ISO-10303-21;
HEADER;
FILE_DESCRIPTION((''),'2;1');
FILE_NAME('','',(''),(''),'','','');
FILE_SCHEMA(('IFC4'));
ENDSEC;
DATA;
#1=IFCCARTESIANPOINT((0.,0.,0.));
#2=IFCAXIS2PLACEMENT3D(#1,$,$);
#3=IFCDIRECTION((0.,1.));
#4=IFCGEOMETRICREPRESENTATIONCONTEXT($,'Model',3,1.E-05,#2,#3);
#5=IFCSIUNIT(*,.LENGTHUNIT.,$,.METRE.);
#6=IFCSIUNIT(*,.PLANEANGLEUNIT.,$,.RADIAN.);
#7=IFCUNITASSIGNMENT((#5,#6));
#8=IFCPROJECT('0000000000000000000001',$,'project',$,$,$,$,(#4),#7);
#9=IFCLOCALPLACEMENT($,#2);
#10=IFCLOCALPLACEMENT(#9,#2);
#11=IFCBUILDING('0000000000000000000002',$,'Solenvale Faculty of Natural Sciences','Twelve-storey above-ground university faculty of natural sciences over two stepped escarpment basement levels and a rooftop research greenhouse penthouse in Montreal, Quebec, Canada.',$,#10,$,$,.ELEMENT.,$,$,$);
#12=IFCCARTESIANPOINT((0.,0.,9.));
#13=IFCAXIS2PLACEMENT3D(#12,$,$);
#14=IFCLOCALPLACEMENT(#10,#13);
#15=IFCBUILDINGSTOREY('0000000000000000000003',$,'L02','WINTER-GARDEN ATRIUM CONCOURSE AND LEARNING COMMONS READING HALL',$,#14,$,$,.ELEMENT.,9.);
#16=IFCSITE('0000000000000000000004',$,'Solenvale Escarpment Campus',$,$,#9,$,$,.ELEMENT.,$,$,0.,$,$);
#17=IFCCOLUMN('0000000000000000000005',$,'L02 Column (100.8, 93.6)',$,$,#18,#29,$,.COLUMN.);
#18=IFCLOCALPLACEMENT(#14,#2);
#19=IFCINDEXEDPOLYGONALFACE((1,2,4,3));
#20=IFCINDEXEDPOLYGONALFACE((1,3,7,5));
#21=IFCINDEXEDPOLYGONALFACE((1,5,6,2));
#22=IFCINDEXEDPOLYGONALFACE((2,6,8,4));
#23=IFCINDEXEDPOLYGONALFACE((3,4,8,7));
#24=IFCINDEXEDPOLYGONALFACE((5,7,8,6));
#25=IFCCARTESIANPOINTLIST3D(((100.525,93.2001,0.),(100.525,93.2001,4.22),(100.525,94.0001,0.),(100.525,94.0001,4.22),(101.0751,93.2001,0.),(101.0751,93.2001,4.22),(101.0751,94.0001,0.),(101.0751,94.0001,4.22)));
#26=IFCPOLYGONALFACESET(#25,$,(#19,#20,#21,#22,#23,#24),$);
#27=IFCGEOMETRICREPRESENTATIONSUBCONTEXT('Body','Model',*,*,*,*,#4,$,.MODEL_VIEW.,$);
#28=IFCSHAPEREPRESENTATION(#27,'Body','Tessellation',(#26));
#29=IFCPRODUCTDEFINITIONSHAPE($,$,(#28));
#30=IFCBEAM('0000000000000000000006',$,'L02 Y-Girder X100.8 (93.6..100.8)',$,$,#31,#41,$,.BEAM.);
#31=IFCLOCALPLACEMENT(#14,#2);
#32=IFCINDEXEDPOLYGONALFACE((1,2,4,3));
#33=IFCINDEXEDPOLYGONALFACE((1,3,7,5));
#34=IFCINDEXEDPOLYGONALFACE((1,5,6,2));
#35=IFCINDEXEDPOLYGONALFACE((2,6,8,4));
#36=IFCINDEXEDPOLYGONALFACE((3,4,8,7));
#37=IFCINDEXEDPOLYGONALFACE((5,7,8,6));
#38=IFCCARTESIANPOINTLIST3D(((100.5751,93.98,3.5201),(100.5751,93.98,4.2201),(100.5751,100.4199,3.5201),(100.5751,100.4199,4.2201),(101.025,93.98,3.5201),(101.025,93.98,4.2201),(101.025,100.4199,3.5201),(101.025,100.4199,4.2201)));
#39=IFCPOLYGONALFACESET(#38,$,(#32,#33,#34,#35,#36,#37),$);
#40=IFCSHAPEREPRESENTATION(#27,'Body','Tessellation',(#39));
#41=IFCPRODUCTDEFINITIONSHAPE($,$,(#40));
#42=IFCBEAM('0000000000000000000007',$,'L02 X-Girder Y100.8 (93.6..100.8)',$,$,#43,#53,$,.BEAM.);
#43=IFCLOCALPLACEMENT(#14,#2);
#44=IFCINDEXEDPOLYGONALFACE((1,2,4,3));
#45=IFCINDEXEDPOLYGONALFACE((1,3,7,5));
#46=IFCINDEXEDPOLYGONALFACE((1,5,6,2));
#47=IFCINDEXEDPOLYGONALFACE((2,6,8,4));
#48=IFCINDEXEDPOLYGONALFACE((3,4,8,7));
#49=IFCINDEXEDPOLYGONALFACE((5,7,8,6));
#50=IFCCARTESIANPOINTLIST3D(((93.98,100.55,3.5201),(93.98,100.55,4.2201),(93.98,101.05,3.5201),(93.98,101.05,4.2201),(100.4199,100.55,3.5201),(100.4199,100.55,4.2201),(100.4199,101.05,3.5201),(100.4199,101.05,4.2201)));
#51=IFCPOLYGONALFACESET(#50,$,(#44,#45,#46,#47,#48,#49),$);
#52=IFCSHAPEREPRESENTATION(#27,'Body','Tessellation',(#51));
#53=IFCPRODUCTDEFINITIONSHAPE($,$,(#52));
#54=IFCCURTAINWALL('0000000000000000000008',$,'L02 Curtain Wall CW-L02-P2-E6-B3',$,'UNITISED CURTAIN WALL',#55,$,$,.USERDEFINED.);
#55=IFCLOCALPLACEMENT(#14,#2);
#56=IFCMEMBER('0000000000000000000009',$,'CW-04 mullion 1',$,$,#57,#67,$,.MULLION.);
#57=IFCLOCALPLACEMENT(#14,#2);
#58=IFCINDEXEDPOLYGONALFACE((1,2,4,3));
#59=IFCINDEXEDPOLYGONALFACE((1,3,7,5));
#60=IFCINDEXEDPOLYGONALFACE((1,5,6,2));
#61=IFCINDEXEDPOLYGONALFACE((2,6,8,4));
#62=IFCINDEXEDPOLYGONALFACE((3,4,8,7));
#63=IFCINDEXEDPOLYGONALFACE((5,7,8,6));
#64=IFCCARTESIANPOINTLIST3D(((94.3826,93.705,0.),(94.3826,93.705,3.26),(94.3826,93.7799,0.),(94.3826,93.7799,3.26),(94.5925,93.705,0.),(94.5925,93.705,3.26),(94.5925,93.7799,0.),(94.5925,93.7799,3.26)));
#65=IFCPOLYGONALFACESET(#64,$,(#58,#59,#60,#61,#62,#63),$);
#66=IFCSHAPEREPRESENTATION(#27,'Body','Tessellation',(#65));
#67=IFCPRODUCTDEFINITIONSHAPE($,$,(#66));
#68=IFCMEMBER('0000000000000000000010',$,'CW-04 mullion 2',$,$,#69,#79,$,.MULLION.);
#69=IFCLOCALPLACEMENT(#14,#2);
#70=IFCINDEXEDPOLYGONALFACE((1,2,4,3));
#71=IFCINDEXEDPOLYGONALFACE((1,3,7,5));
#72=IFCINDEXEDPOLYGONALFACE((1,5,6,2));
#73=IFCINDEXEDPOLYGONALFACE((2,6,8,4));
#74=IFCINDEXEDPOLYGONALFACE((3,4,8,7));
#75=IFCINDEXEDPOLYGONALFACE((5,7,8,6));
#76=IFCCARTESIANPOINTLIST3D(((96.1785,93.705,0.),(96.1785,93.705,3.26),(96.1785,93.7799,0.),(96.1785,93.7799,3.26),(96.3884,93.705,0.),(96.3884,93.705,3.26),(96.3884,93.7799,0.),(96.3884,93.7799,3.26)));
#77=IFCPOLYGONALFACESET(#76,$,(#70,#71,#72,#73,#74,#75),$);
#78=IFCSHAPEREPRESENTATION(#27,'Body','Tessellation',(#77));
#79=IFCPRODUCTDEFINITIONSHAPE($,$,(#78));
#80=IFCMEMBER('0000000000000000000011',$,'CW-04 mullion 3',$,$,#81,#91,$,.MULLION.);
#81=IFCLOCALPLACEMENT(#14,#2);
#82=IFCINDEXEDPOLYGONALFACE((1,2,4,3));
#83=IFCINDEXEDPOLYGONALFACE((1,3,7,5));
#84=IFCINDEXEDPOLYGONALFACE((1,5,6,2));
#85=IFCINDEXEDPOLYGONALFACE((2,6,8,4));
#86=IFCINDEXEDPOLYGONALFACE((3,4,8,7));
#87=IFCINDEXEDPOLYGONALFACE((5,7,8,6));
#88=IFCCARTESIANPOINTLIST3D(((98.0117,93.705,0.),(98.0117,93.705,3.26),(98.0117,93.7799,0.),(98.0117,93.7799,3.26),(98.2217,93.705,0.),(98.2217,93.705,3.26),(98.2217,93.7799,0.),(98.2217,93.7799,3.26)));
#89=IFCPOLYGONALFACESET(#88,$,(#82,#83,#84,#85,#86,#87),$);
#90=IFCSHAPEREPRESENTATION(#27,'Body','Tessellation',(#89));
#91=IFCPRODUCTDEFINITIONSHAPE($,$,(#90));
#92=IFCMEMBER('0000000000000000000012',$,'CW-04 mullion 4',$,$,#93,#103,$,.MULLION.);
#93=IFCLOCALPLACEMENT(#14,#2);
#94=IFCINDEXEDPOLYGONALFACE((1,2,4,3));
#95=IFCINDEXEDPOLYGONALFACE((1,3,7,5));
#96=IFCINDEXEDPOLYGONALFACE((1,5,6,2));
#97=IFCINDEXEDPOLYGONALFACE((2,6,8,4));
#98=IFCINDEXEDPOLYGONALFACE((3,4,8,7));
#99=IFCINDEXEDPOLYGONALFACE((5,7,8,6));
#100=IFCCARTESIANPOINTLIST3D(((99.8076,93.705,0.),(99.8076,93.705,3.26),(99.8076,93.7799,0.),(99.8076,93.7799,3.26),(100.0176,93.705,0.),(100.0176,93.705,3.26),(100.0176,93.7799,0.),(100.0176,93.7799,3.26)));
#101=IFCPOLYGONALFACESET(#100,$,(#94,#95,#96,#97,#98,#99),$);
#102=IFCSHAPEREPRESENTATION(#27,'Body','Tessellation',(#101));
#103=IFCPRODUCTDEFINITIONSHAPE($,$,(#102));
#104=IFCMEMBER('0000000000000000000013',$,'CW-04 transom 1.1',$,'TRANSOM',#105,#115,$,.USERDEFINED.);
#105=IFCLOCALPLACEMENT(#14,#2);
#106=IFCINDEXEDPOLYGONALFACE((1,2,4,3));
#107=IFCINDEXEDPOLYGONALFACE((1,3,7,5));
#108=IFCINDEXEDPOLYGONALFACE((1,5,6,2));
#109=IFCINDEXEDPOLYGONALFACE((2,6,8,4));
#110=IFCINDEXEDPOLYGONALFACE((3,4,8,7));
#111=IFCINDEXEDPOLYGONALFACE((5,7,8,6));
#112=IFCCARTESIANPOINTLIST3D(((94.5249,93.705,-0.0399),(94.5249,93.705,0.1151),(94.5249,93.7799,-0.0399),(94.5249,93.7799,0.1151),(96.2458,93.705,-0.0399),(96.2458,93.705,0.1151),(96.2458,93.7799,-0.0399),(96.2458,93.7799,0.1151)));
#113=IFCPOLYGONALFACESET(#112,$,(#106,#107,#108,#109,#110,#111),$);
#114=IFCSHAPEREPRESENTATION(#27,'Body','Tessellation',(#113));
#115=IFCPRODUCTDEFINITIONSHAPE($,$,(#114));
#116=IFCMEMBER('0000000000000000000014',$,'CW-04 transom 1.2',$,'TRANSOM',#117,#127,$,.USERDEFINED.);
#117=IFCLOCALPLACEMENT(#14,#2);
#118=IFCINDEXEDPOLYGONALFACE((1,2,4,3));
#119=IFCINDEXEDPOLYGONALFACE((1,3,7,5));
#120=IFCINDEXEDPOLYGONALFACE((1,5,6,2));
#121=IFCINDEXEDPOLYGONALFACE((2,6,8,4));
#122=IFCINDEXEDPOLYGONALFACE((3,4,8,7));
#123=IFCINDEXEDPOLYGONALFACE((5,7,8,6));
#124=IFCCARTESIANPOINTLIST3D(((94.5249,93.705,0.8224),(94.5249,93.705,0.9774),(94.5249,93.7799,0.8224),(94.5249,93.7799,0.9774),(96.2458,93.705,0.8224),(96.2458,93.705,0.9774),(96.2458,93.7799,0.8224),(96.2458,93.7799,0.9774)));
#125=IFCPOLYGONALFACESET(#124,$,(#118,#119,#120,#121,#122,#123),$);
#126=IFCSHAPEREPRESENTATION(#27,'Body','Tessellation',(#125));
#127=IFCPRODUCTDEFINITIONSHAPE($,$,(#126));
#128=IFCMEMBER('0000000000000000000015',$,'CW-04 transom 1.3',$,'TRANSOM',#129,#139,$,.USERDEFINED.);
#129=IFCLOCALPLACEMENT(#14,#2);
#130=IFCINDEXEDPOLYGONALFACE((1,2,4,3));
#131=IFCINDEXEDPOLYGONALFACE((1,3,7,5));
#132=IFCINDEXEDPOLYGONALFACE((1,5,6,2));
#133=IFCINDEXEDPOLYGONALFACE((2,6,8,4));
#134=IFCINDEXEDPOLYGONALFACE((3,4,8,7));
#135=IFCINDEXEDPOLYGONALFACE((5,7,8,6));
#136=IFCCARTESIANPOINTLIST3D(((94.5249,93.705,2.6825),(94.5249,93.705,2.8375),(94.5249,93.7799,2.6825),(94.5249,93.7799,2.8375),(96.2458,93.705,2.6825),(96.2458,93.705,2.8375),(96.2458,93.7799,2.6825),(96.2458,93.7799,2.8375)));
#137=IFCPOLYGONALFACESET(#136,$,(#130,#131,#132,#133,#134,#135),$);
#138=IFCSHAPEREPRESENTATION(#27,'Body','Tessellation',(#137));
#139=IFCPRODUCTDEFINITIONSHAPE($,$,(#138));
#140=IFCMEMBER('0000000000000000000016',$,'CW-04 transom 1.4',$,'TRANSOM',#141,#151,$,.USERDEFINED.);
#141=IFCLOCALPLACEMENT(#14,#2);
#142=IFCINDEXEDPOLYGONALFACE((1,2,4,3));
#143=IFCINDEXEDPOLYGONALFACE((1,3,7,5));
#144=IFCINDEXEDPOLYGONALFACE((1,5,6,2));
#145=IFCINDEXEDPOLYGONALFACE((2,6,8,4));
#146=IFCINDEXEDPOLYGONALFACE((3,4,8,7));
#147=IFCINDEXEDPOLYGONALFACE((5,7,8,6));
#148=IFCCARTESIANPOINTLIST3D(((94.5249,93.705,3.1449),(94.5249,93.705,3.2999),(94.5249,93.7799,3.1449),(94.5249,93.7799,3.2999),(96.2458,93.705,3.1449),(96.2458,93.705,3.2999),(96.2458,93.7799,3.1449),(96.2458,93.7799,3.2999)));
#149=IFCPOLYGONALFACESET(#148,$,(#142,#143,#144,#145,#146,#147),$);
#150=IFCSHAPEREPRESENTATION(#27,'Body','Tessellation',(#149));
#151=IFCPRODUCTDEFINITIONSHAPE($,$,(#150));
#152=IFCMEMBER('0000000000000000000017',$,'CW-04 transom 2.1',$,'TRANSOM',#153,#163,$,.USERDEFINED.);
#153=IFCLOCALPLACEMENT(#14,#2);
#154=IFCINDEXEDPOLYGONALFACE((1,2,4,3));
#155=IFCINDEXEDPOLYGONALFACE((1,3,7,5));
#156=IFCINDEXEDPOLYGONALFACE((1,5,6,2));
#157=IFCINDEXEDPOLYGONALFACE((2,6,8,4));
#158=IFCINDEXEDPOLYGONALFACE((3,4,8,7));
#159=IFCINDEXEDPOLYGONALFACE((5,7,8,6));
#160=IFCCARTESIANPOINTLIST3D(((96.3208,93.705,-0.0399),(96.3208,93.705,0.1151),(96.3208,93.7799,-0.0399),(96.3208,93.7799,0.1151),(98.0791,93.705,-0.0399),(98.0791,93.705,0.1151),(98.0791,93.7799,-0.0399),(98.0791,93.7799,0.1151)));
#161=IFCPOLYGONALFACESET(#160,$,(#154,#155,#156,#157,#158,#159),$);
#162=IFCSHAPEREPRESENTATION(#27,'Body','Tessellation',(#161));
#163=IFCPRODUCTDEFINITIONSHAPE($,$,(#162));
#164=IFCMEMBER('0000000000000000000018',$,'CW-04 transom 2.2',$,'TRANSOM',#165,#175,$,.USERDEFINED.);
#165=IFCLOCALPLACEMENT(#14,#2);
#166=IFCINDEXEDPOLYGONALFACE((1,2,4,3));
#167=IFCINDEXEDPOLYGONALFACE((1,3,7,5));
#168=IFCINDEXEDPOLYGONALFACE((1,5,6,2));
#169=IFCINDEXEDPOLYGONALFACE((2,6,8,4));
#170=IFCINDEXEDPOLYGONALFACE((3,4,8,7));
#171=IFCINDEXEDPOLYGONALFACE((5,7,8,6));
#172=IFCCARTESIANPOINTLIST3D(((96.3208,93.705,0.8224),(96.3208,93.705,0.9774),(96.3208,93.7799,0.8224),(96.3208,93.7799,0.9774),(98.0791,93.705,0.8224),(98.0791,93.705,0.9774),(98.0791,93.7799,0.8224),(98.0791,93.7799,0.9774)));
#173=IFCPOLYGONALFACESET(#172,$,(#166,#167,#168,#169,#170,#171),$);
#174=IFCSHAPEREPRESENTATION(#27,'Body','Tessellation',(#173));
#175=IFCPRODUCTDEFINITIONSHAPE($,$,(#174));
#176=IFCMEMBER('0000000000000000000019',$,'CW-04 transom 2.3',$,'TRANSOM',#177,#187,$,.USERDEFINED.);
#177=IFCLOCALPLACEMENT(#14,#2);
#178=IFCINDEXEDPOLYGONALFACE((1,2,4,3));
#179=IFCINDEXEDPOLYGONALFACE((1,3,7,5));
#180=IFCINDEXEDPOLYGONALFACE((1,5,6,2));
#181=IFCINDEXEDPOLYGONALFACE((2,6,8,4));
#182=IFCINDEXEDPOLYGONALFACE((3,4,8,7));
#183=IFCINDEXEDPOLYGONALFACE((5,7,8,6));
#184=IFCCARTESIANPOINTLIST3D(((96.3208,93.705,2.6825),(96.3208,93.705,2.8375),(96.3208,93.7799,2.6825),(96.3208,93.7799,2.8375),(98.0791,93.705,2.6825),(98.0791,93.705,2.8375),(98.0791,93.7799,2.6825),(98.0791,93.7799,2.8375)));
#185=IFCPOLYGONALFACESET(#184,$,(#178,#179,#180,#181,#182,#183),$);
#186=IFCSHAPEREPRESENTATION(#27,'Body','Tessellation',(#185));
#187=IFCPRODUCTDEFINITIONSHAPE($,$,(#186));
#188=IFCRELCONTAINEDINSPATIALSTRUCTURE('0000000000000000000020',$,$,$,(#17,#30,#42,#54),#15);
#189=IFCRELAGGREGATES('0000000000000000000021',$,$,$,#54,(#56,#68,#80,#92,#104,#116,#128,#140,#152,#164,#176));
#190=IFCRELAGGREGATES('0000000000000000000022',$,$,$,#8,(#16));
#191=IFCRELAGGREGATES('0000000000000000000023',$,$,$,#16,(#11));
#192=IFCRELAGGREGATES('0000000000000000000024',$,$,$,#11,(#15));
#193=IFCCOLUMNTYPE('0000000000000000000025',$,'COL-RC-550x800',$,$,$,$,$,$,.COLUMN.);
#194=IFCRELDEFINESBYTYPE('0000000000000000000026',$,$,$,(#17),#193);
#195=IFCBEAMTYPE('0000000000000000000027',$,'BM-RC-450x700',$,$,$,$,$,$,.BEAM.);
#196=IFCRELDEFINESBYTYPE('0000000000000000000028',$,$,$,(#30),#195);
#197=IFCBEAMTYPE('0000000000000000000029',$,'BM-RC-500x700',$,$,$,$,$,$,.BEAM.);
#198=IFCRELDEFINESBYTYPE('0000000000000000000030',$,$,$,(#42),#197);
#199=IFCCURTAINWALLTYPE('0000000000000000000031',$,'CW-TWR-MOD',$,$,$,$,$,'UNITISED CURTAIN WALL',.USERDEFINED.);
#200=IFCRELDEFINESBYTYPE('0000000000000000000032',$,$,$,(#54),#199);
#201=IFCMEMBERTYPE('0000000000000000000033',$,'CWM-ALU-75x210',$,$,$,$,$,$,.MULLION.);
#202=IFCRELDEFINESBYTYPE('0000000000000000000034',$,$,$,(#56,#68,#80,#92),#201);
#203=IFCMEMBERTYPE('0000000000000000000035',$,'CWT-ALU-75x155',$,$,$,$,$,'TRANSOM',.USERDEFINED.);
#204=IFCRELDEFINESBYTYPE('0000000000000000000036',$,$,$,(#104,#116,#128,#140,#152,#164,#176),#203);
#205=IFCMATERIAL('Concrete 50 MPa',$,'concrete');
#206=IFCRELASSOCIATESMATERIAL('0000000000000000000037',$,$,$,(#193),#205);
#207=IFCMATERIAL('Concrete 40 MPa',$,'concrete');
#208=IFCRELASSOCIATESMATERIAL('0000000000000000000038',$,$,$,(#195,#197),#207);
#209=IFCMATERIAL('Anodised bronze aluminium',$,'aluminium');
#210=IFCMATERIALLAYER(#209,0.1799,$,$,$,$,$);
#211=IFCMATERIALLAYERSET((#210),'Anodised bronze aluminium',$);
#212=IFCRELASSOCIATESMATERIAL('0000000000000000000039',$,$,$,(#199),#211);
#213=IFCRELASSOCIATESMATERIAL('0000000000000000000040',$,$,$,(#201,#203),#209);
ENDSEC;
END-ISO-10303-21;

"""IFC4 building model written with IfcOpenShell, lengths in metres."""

from ifc_helpers import new_model, si_unit, direction, frame, origin, origin_2d, place, context, subcontext, project, spatial, rectangle, extrude, material, layer, layer_set, material_profile, profile_set, type_object, element, aggregate, save


model = new_model("IFC4")

# Units and contexts
model_context = context("Model", 3, precision=1e-05, world=origin(), true_north=direction((0.0, 1.0)))
body_context = subcontext(model_context, "Body", "Model", "MODEL_VIEW")
ifc_project = project(units=[si_unit("LENGTHUNIT", "METRE"), si_unit("PLANEANGLEUNIT", "RADIAN")], contexts=[model_context])

# Site, building, storey
site_placement = place(None, origin())
site = spatial("IfcSite", under=ifc_project, at=site_placement, Name="Solenvale Escarpment Campus", CompositionType="ELEMENT", RefElevation=0.0)
building_placement = place(site_placement, origin())
building = spatial("IfcBuilding", under=site, at=building_placement, Name="Solenvale Faculty of Natural Sciences", Description="Twelve-storey above-ground university faculty of natural sciences over two stepped escarpment basement levels and a rooftop research greenhouse penthouse in Montreal, Quebec, Canada.", CompositionType="ELEMENT")
storey_placement = place(building_placement, frame((0.0, 0.0, 9.0)))
storey = spatial("IfcBuildingStorey", under=building, at=storey_placement, Name="L02", Description="WINTER-GARDEN ATRIUM CONCOURSE AND LEARNING COMMONS READING HALL", CompositionType="ELEMENT", Elevation=9.0)

# Column
ifc_material_1 = material(Name="Concrete 50 MPa", Category="concrete")
ifc_material_profile_1 = material_profile(ifc_material_1, rectangle(XDim=0.55, YDim=0.8, at=origin_2d()), Name="RC-COL-550x800")
ifc_profile_set_1 = profile_set([ifc_material_profile_1], Name="Concrete 50 MPa")
column_type = type_object("IfcColumnType", Name="COL-RC-550x800", PredefinedType="COLUMN", material=ifc_profile_set_1)
column_placement = place(storey_placement, frame((100.8, 93.6001, 0.0), z_axis=(0.0, 0.0, 1.0), x_axis=(1.0, 0.0, 0.0)))
element("IfcColumn", 1, at=column_placement, inside=storey, type_object=column_type, Name="L02 Column (100.8, 93.6)", PredefinedType="COLUMN", context=body_context, shape_type="SweptSolid", body=[
    extrude(rectangle(XDim=0.55, YDim=0.8, at=origin_2d()), origin(), (0.0, 0.0, 1.0), 4.22),
])

# Beams
ifc_material_2 = material(Name="Concrete 40 MPa", Category="concrete")
ifc_material_profile_2 = material_profile(ifc_material_2, rectangle(XDim=0.45, YDim=0.7, at=origin_2d()), Name="RC-BM-450x700")
ifc_profile_set_2 = profile_set([ifc_material_profile_2], Name="Concrete 40 MPa")
beam_type_1 = type_object("IfcBeamType", Name="BM-RC-450x700", PredefinedType="BEAM", material=ifc_profile_set_2)
beam_1_placement = place(storey_placement, frame((100.8, 93.98, 3.8701), z_axis=(0.0, 1.0, 0.0), x_axis=(-1.0, 0.0, 0.0)))
element("IfcBeam", 2, at=beam_1_placement, inside=storey, type_object=beam_type_1, Name="L02 Y-Girder X100.8 (93.6..100.8)", PredefinedType="BEAM", context=body_context, shape_type="SweptSolid", body=[
    extrude(rectangle(XDim=0.45, YDim=0.7, at=origin_2d()), origin(), (0.0, 0.0, 1.0), 6.4399),
])
ifc_material_profile_3 = material_profile(ifc_material_2, rectangle(XDim=0.5, YDim=0.7, at=origin_2d()), Name="RC-BM-500x700")
ifc_profile_set_3 = profile_set([ifc_material_profile_3], Name="Concrete 40 MPa")
beam_type_2 = type_object("IfcBeamType", Name="BM-RC-500x700", PredefinedType="BEAM", material=ifc_profile_set_3)
beam_2_placement = place(storey_placement, frame((93.98, 100.8, 3.8701), z_axis=(1.0, 0.0, 0.0), x_axis=(0.0, 1.0, 0.0)))
element("IfcBeam", 3, at=beam_2_placement, inside=storey, type_object=beam_type_2, Name="L02 X-Girder Y100.8 (93.6..100.8)", PredefinedType="BEAM", context=body_context, shape_type="SweptSolid", body=[
    extrude(rectangle(XDim=0.5, YDim=0.7, at=origin_2d()), origin(), (0.0, 0.0, 1.0), 6.4399),
])

# Curtain wall, members
ifc_material_3 = material(Name="Anodised bronze aluminium", Category="aluminium")
ifc_layer_1 = layer(ifc_material_3, 0.1799)
ifc_layer_set_1 = layer_set([ifc_layer_1], Name="Anodised bronze aluminium")
curtain_wall_type = type_object("IfcCurtainWallType", Name="CW-TWR-MOD", ElementType="UNITISED CURTAIN WALL", PredefinedType="USERDEFINED", material=ifc_layer_set_1)
curtain_wall_placement = place(storey_placement, origin())
curtain_wall = element("IfcCurtainWall", 4, at=curtain_wall_placement, inside=storey, type_object=curtain_wall_type, Name="L02 Curtain Wall CW-L02-P2-E6-B3", ObjectType="UNITISED CURTAIN WALL", PredefinedType="USERDEFINED")
ifc_material_profile_4 = material_profile(ifc_material_3, rectangle(XDim=0.075, YDim=0.21, at=origin_2d()), Name="ALU-MUL-75x210")
ifc_profile_set_4 = profile_set([ifc_material_profile_4], Name="Anodised bronze aluminium")
member_type_1 = type_object("IfcMemberType", Name="CWM-ALU-75x210", PredefinedType="MULLION", material=ifc_profile_set_4)
member_1_placement = place(storey_placement, frame((94.4875, 93.7424, 0.0), z_axis=(0.0, 0.0, 1.0), x_axis=(0.0, 1.0, 0.0)))
member_1 = element("IfcMember", 5, at=member_1_placement, type_object=member_type_1, Name="CW-04 mullion 1", PredefinedType="MULLION", context=body_context, shape_type="SweptSolid", body=[
    extrude(rectangle(XDim=0.075, YDim=0.21, at=origin_2d()), origin(), (0.0, 0.0, 1.0), 3.26),
])
member_2_placement = place(storey_placement, frame((96.2834, 93.7424, 0.0), z_axis=(0.0, 0.0, 1.0), x_axis=(0.0, 1.0, 0.0)))
member_2 = element("IfcMember", 6, at=member_2_placement, type_object=member_type_1, Name="CW-04 mullion 2", PredefinedType="MULLION", context=body_context, shape_type="SweptSolid", body=[
    extrude(rectangle(XDim=0.075, YDim=0.21, at=origin_2d()), origin(), (0.0, 0.0, 1.0), 3.26),
])
member_3_placement = place(storey_placement, frame((98.1167, 93.7424, 0.0), z_axis=(0.0, 0.0, 1.0), x_axis=(0.0, 1.0, 0.0)))
member_3 = element("IfcMember", 7, at=member_3_placement, type_object=member_type_1, Name="CW-04 mullion 3", PredefinedType="MULLION", context=body_context, shape_type="SweptSolid", body=[
    extrude(rectangle(XDim=0.075, YDim=0.21, at=origin_2d()), origin(), (0.0, 0.0, 1.0), 3.26),
])
member_4_placement = place(storey_placement, frame((99.9126, 93.7424, 0.0), z_axis=(0.0, 0.0, 1.0), x_axis=(0.0, 1.0, 0.0)))
member_4 = element("IfcMember", 8, at=member_4_placement, type_object=member_type_1, Name="CW-04 mullion 4", PredefinedType="MULLION", context=body_context, shape_type="SweptSolid", body=[
    extrude(rectangle(XDim=0.075, YDim=0.21, at=origin_2d()), origin(), (0.0, 0.0, 1.0), 3.26),
])
ifc_material_profile_5 = material_profile(ifc_material_3, rectangle(XDim=0.075, YDim=0.155, at=origin_2d()), Name="ALU-TRN-75x155")
ifc_profile_set_5 = profile_set([ifc_material_profile_5], Name="Anodised bronze aluminium")
member_type_2 = type_object("IfcMemberType", Name="CWT-ALU-75x155", ElementType="TRANSOM", PredefinedType="USERDEFINED", material=ifc_profile_set_5)
member_5_placement = place(storey_placement, frame((94.5249, 93.7424, 0.0376), z_axis=(1.0, 0.0, 0.0), x_axis=(0.0, 1.0, 0.0)))
member_5 = element("IfcMember", 9, at=member_5_placement, type_object=member_type_2, Name="CW-04 transom 1.1", ObjectType="TRANSOM", PredefinedType="USERDEFINED", context=body_context, shape_type="SweptSolid", body=[
    extrude(rectangle(XDim=0.075, YDim=0.155, at=origin_2d()), origin(), (0.0, 0.0, 1.0), 1.7209),
])
member_6_placement = place(storey_placement, frame((94.5249, 93.7424, 0.8999), z_axis=(1.0, 0.0, 0.0), x_axis=(0.0, 1.0, 0.0)))
member_6 = element("IfcMember", 10, at=member_6_placement, type_object=member_type_2, Name="CW-04 transom 1.2", ObjectType="TRANSOM", PredefinedType="USERDEFINED", context=body_context, shape_type="SweptSolid", body=[
    extrude(rectangle(XDim=0.075, YDim=0.155, at=origin_2d()), origin(), (0.0, 0.0, 1.0), 1.7209),
])
member_7_placement = place(storey_placement, frame((94.5249, 93.7424, 2.76), z_axis=(1.0, 0.0, 0.0), x_axis=(0.0, 1.0, 0.0)))
member_7 = element("IfcMember", 11, at=member_7_placement, type_object=member_type_2, Name="CW-04 transom 1.3", ObjectType="TRANSOM", PredefinedType="USERDEFINED", context=body_context, shape_type="SweptSolid", body=[
    extrude(rectangle(XDim=0.075, YDim=0.155, at=origin_2d()), origin(), (0.0, 0.0, 1.0), 1.7209),
])
member_8_placement = place(storey_placement, frame((94.5249, 93.7424, 3.2224), z_axis=(1.0, 0.0, 0.0), x_axis=(0.0, 1.0, 0.0)))
member_8 = element("IfcMember", 12, at=member_8_placement, type_object=member_type_2, Name="CW-04 transom 1.4", ObjectType="TRANSOM", PredefinedType="USERDEFINED", context=body_context, shape_type="SweptSolid", body=[
    extrude(rectangle(XDim=0.075, YDim=0.155, at=origin_2d()), origin(), (0.0, 0.0, 1.0), 1.7209),
])
member_9_placement = place(storey_placement, frame((96.3208, 93.7424, 0.0376), z_axis=(1.0, 0.0, 0.0), x_axis=(0.0, 1.0, 0.0)))
member_9 = element("IfcMember", 13, at=member_9_placement, type_object=member_type_2, Name="CW-04 transom 2.1", ObjectType="TRANSOM", PredefinedType="USERDEFINED", context=body_context, shape_type="SweptSolid", body=[
    extrude(rectangle(XDim=0.075, YDim=0.155, at=origin_2d()), origin(), (0.0, 0.0, 1.0), 1.7583),
])
member_10_placement = place(storey_placement, frame((96.3208, 93.7424, 0.8999), z_axis=(1.0, 0.0, 0.0), x_axis=(0.0, 1.0, 0.0)))
member_10 = element("IfcMember", 14, at=member_10_placement, type_object=member_type_2, Name="CW-04 transom 2.2", ObjectType="TRANSOM", PredefinedType="USERDEFINED", context=body_context, shape_type="SweptSolid", body=[
    extrude(rectangle(XDim=0.075, YDim=0.155, at=origin_2d()), origin(), (0.0, 0.0, 1.0), 1.7583),
])
member_11_placement = place(storey_placement, frame((96.3208, 93.7424, 2.76), z_axis=(1.0, 0.0, 0.0), x_axis=(0.0, 1.0, 0.0)))
member_11 = element("IfcMember", 15, at=member_11_placement, type_object=member_type_2, Name="CW-04 transom 2.3", ObjectType="TRANSOM", PredefinedType="USERDEFINED", context=body_context, shape_type="SweptSolid", body=[
    extrude(rectangle(XDim=0.075, YDim=0.155, at=origin_2d()), origin(), (0.0, 0.0, 1.0), 1.7583),
])
aggregate(curtain_wall, [member_1, member_2, member_3, member_4, member_5, member_6, member_7, member_8, member_9, member_10, member_11])

save(model, "model.ifc")
